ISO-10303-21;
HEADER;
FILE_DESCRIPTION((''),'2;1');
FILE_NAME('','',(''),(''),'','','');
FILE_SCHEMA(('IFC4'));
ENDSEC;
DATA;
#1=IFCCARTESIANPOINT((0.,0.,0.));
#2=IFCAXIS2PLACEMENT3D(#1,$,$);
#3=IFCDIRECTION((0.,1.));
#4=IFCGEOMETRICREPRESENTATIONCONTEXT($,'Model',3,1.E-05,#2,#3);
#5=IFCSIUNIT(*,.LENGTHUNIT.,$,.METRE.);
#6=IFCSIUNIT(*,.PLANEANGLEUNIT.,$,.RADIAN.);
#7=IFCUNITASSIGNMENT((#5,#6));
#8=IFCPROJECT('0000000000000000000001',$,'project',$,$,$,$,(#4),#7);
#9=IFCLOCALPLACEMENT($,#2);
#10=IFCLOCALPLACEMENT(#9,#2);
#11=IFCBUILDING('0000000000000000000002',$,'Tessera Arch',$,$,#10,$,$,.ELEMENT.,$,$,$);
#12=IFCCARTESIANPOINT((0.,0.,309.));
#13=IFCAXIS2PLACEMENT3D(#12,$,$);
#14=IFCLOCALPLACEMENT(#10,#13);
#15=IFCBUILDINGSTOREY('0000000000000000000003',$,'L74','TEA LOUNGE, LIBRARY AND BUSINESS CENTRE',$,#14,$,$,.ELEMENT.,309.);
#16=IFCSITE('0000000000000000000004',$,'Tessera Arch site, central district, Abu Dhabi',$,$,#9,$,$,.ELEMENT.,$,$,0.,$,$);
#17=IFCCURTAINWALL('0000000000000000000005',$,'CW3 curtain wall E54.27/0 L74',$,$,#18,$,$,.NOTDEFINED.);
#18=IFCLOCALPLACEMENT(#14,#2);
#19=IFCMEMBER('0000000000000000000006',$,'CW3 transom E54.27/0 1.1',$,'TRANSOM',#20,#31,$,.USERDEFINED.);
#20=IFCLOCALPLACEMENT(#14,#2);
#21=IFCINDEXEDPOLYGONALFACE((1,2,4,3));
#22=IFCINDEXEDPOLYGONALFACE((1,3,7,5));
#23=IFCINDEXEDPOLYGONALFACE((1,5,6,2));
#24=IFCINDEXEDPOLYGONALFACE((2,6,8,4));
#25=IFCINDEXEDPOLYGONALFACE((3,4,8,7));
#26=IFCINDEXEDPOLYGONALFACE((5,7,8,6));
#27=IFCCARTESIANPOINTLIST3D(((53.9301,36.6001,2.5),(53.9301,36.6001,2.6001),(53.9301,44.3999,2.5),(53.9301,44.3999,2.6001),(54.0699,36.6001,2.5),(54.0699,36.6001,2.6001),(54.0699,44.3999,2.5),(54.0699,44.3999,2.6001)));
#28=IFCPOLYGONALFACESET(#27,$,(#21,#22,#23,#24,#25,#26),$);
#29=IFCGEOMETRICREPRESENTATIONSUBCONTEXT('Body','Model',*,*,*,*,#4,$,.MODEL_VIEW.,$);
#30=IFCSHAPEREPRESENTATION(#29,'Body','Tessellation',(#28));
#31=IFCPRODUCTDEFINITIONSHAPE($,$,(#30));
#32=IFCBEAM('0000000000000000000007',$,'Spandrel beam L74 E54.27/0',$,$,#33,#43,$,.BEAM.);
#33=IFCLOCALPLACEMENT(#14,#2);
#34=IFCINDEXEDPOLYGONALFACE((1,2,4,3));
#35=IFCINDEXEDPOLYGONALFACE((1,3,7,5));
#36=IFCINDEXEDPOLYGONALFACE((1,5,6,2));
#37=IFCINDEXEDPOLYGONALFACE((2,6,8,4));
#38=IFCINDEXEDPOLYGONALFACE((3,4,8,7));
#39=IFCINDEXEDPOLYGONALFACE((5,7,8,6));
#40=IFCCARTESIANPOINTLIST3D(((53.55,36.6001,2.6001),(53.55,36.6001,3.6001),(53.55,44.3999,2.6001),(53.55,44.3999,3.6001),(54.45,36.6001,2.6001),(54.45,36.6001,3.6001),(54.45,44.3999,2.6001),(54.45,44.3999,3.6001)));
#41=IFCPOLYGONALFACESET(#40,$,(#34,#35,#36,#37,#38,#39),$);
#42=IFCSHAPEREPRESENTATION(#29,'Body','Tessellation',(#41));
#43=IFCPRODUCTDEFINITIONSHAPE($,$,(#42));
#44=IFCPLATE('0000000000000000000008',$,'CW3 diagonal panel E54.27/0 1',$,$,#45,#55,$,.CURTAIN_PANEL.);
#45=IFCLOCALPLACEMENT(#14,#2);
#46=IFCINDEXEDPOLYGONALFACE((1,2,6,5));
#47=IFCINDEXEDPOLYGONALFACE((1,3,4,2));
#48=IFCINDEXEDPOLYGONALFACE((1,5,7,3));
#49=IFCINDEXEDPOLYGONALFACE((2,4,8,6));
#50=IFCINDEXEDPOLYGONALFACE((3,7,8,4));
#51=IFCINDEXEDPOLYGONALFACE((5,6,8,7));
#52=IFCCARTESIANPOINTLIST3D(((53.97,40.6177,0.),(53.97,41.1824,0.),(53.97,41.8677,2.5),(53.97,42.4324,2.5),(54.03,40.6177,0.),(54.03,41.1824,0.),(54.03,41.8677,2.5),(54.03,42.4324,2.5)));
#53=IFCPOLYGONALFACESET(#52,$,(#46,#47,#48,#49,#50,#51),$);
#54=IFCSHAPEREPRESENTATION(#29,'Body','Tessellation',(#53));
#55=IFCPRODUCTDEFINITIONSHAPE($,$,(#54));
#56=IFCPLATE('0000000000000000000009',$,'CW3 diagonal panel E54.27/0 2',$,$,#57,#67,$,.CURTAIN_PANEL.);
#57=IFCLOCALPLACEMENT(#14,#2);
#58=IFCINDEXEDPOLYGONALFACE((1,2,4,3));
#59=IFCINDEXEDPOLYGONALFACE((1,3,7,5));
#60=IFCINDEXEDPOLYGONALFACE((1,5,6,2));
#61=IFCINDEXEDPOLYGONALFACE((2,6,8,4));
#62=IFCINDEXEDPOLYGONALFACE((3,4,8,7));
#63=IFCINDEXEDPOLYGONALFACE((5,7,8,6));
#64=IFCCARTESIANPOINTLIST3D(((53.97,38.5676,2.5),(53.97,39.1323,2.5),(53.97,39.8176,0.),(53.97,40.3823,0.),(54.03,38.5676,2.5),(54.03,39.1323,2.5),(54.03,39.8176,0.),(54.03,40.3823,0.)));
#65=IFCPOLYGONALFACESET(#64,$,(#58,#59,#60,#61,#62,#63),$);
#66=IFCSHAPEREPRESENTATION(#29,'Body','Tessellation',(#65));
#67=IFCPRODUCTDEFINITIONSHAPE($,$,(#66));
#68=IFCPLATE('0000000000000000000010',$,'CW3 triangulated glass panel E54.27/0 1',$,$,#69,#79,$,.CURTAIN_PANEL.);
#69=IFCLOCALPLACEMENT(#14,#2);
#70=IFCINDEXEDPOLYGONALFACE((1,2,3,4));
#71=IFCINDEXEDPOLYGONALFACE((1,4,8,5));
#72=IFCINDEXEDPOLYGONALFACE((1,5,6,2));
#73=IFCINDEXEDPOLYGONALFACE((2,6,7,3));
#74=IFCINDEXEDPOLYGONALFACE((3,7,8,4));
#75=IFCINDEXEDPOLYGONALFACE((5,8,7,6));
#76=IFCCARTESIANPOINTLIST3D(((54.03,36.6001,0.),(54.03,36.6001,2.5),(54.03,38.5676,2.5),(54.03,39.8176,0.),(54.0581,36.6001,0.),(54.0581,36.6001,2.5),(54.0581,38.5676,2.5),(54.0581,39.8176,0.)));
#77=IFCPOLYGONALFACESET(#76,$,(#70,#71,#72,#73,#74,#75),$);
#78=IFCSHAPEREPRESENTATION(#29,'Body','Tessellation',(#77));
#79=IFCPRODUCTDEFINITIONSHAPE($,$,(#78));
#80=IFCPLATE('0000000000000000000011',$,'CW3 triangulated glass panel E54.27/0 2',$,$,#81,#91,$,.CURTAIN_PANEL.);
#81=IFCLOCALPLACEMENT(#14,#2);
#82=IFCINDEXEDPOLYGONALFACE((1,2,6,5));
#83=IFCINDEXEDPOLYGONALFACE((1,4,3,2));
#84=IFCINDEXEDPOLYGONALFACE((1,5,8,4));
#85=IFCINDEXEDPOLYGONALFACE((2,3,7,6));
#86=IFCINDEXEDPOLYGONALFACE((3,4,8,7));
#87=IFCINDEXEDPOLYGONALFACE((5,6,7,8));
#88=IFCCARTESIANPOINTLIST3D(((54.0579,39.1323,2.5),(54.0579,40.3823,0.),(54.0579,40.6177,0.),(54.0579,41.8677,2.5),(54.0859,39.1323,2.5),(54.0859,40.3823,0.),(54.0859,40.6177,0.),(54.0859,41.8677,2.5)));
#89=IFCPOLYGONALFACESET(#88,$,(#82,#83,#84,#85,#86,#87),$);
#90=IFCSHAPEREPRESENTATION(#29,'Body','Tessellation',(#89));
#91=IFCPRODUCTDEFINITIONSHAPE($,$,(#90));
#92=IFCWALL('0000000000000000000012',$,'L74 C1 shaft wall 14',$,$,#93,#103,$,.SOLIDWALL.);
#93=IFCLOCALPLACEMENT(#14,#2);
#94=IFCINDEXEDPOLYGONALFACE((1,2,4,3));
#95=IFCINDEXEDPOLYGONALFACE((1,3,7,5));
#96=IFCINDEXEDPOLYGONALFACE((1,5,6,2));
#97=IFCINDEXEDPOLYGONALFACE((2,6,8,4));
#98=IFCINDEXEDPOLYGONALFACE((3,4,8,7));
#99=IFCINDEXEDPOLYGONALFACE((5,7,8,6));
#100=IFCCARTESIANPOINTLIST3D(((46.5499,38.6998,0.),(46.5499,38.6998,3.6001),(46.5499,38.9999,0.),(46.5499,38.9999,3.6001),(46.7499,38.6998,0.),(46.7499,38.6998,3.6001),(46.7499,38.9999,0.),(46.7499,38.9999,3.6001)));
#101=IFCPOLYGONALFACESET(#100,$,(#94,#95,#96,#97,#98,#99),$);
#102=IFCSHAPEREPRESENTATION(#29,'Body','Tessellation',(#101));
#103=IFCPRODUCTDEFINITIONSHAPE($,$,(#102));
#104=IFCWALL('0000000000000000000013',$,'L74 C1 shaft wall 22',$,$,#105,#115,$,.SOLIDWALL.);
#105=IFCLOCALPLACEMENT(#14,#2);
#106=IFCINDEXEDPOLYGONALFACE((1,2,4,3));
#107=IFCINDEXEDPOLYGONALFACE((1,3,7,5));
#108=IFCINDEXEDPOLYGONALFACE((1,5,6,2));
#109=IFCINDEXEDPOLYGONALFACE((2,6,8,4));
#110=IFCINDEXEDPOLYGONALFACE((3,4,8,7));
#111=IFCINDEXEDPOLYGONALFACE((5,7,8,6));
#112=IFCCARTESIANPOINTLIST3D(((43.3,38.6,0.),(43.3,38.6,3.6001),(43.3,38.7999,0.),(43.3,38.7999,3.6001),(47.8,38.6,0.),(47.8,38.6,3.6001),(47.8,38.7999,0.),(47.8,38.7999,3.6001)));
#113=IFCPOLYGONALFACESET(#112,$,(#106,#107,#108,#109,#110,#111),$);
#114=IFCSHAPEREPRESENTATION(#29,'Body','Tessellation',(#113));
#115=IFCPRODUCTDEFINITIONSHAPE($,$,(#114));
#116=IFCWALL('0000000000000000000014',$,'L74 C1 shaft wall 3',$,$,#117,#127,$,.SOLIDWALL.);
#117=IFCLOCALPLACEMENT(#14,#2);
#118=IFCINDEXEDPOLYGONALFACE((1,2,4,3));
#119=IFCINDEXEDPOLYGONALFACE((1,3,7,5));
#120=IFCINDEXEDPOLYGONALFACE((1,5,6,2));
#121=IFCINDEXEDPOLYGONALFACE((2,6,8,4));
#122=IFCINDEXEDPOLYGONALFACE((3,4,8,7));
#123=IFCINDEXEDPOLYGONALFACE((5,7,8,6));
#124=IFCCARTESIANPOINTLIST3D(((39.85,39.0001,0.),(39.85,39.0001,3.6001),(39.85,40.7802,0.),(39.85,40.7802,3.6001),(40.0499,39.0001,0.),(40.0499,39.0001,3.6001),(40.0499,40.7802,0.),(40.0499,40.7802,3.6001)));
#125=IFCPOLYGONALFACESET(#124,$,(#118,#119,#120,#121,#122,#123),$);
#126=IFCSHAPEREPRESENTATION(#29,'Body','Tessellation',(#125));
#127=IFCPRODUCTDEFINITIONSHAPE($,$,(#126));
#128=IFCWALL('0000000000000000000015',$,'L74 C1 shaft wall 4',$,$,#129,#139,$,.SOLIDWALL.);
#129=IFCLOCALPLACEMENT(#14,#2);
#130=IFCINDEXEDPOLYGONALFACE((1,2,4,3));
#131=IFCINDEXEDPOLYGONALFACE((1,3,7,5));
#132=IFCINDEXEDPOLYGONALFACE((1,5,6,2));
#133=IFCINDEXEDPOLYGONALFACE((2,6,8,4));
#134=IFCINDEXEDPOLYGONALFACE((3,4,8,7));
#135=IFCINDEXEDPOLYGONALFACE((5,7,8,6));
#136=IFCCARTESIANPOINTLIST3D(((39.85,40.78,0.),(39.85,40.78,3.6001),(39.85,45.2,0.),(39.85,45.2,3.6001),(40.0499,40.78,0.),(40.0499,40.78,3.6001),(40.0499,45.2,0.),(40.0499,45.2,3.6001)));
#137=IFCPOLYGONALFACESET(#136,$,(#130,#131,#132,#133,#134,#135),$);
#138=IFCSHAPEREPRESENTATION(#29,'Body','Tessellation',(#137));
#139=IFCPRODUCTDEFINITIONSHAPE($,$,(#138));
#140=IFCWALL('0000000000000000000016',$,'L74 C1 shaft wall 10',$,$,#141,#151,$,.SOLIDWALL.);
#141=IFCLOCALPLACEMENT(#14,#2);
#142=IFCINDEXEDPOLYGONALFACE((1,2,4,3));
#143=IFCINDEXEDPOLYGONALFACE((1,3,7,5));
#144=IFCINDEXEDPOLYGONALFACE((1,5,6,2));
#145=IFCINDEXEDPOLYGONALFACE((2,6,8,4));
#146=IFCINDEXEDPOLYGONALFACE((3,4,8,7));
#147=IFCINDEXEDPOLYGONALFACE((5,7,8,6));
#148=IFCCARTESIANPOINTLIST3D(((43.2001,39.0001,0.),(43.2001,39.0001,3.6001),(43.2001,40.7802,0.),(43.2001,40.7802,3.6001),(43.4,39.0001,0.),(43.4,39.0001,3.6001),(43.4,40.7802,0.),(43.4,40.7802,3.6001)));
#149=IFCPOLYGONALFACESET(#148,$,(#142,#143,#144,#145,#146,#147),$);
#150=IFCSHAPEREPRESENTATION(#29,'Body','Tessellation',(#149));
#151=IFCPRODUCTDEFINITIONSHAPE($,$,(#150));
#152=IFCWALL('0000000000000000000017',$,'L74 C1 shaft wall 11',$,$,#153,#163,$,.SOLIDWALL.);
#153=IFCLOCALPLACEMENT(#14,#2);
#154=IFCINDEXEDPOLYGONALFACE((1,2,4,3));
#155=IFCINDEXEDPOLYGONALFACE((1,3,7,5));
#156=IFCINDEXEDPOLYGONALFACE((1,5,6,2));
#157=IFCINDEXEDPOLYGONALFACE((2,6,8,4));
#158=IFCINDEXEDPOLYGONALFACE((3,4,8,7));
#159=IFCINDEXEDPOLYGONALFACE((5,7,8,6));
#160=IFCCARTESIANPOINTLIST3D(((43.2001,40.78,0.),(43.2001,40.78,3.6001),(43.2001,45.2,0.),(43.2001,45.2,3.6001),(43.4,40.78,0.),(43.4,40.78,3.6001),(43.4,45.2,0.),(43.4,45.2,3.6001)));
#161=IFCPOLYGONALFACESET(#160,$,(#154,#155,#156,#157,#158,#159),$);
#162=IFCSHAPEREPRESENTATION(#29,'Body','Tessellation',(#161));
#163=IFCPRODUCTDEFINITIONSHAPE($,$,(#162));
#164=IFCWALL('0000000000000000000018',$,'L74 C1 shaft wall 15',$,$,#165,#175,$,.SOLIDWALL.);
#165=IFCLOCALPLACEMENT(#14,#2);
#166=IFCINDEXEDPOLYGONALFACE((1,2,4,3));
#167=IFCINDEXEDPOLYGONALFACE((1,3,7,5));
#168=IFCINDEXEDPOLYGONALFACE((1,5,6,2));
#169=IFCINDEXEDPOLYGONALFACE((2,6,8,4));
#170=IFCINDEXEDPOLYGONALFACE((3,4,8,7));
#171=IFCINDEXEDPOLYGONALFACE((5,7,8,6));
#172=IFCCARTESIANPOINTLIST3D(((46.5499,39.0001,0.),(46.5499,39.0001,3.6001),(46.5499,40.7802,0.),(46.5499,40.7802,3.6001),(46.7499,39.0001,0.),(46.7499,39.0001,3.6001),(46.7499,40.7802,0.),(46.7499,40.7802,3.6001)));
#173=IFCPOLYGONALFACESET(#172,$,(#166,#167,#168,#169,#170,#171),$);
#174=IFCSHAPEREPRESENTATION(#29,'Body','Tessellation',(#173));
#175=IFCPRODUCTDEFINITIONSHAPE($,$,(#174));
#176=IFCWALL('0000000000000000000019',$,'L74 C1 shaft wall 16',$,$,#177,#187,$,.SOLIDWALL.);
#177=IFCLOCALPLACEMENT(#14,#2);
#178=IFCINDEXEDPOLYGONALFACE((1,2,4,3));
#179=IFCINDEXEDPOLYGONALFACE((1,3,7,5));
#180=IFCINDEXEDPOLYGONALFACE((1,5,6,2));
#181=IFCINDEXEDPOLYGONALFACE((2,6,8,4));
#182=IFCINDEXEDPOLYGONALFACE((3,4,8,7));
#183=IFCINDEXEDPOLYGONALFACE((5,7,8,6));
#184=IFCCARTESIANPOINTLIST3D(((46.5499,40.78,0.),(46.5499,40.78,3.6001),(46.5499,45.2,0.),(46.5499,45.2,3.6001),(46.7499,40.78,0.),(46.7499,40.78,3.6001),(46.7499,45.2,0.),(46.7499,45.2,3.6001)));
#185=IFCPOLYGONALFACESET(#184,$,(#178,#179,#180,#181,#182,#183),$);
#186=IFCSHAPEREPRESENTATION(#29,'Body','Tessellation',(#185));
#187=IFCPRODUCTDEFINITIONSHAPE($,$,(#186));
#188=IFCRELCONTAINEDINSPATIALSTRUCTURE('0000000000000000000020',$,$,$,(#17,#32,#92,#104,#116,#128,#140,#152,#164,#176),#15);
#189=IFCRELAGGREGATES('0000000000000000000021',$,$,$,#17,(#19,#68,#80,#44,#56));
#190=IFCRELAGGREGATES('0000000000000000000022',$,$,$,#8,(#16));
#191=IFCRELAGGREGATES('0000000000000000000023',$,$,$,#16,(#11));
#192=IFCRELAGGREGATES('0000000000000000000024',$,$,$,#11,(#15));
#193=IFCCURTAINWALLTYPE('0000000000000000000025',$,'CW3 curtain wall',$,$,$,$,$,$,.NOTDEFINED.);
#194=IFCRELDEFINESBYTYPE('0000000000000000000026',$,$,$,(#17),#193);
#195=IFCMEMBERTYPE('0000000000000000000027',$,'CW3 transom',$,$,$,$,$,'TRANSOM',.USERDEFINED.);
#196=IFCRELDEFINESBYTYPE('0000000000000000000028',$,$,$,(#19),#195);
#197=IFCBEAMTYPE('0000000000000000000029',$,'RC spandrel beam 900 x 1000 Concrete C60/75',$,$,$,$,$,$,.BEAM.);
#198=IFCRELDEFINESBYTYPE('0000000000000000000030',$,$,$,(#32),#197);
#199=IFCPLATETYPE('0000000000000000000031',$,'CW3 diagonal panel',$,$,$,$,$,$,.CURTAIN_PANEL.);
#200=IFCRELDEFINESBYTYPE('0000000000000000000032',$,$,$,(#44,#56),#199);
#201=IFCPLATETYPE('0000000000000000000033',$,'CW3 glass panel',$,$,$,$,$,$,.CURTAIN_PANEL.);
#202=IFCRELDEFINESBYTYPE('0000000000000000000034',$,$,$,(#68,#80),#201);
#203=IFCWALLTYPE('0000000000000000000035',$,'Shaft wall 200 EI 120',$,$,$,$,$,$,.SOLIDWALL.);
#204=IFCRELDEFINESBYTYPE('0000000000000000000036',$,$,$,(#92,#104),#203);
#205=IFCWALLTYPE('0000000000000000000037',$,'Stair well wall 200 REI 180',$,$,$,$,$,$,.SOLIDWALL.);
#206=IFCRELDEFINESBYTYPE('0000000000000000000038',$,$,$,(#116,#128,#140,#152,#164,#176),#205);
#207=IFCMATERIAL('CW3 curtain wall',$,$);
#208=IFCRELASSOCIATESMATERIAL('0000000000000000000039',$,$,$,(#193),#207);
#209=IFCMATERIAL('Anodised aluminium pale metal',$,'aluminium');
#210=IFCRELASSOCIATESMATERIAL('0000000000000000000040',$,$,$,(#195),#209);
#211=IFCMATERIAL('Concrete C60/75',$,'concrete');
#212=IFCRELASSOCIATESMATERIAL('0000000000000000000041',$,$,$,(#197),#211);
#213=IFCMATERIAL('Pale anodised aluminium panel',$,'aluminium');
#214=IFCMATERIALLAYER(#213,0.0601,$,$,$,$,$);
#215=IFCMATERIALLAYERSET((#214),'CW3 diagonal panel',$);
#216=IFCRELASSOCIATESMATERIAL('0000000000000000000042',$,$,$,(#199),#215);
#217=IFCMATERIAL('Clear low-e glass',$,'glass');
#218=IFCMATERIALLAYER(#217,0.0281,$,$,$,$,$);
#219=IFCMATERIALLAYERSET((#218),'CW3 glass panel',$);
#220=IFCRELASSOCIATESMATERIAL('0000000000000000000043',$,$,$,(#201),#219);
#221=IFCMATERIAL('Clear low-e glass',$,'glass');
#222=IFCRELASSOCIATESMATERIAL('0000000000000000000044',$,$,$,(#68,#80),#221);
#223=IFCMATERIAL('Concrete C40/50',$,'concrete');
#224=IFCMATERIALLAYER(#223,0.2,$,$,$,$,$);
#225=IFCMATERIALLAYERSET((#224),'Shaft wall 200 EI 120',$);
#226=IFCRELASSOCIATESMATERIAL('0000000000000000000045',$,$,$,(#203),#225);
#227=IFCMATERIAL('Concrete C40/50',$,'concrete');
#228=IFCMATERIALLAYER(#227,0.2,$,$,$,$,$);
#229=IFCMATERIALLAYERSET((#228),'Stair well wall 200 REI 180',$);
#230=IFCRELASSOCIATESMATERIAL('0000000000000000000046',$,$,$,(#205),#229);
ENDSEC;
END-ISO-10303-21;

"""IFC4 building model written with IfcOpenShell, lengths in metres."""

from ifc_helpers import new_model, si_unit, direction, frame, frame_2d, origin, origin_2d, place, context, subcontext, project, spatial, polyline, rectangle, outline, extrude, material, layer, layer_set, material_profile, profile_set, type_object, element, aggregate, save


model = new_model("IFC4")

# Units and contexts
model_context = context("Model", 3, precision=1e-05, world=origin(), true_north=direction((0.0, 1.0)))
body_context = subcontext(model_context, "Body", "Model", "MODEL_VIEW")
ifc_project = project(units=[si_unit("LENGTHUNIT", "METRE"), si_unit("PLANEANGLEUNIT", "RADIAN")], contexts=[model_context])

# Site, building, storey
site_placement = place(None, origin())
site = spatial("IfcSite", under=ifc_project, at=site_placement, Name="Tessera Arch site, central district, Abu Dhabi", CompositionType="ELEMENT", RefElevation=0.0)
building_placement = place(site_placement, origin())
building = spatial("IfcBuilding", under=site, at=building_placement, Name="Tessera Arch", CompositionType="ELEMENT")
storey_placement = place(building_placement, frame((0.0, 0.0, 309.0)))
storey = spatial("IfcBuildingStorey", under=building, at=storey_placement, Name="L74", Description="TEA LOUNGE, LIBRARY AND BUSINESS CENTRE", CompositionType="ELEMENT", Elevation=309.0)

# Curtain wall, member
ifc_material_1 = material(Name="CW3 curtain wall")
curtain_wall_type = type_object("IfcCurtainWallType", Name="CW3 curtain wall", PredefinedType="NOTDEFINED", material=ifc_material_1)
curtain_wall_placement = place(storey_placement, origin())
curtain_wall = element("IfcCurtainWall", 1, at=curtain_wall_placement, inside=storey, type_object=curtain_wall_type, Name="CW3 curtain wall E54.27/0 L74", PredefinedType="NOTDEFINED")
ifc_material_2 = material(Name="Anodised aluminium pale metal", Category="aluminium")
ifc_material_profile_1 = material_profile(ifc_material_2, rectangle(XDim=0.1399, YDim=0.1001, at=origin_2d()), Name="AL 140x100")
ifc_profile_set_1 = profile_set([ifc_material_profile_1], Name="Anodised aluminium pale metal")
member_type = type_object("IfcMemberType", Name="CW3 transom", ElementType="TRANSOM", PredefinedType="USERDEFINED", material=ifc_profile_set_1)
member_placement = place(storey_placement, frame((54.0, 36.6001, 2.55), z_axis=(0.0, 1.0, 0.0), x_axis=(-1.0, 0.0, 0.0)))
member = element("IfcMember", 2, at=member_placement, type_object=member_type, Name="CW3 transom E54.27/0 1.1", ObjectType="TRANSOM", PredefinedType="USERDEFINED", context=body_context, shape_type="SweptSolid", body=[
    extrude(rectangle(XDim=0.1399, YDim=0.1001, at=origin_2d()), origin(), (0.0, 0.0, 1.0), 7.7998),
])

# Beam
ifc_material_3 = material(Name="Concrete C60/75", Category="concrete")
ifc_material_profile_2 = material_profile(ifc_material_3, rectangle(XDim=0.8999, YDim=1.0, at=origin_2d()), Name="RC spandrel beam 900 x 1000 Concrete C60/75")
ifc_profile_set_2 = profile_set([ifc_material_profile_2], Name="Concrete C60/75")
beam_type = type_object("IfcBeamType", Name="RC spandrel beam 900 x 1000 Concrete C60/75", PredefinedType="BEAM", material=ifc_profile_set_2)
beam_placement = place(storey_placement, frame((54.0, 36.6001, 3.1001), z_axis=(0.0, 1.0, 0.0), x_axis=(-1.0, 0.0, 0.0)))
element("IfcBeam", 3, at=beam_placement, inside=storey, type_object=beam_type, Name="Spandrel beam L74 E54.27/0", PredefinedType="BEAM", context=body_context, shape_type="SweptSolid", body=[
    extrude(rectangle(XDim=0.8999, YDim=1.0, at=origin_2d()), origin(), (0.0, 0.0, 1.0), 7.7998),
])

# Plates
ifc_material_4 = material(Name="Pale anodised aluminium panel", Category="aluminium")
ifc_layer_1 = layer(ifc_material_4, 0.0601)
ifc_layer_set_1 = layer_set([ifc_layer_1], Name="CW3 diagonal panel")
plate_type_1 = type_object("IfcPlateType", Name="CW3 diagonal panel", PredefinedType="CURTAIN_PANEL", material=ifc_layer_set_1)
plate_1_placement = place(storey_placement, frame((54.03, 42.4324, 2.5), z_axis=(1.0, 0.0, 0.0), x_axis=(0.0, -1.0, 0.0)))
plate_1 = element("IfcPlate", 4, at=plate_1_placement, type_object=plate_type_1, Name="CW3 diagonal panel E54.27/0 1", PredefinedType="CURTAIN_PANEL", context=body_context, shape_type="SweptSolid", body=[
    extrude(outline(polyline([(0.0, 0.0), (0.5647, 0.0), (1.8147, 2.5), (1.25, 2.5), (0.0, 0.0)])), origin(), (0.0, 0.0, -1.0), 0.0601),
])
plate_2_placement = place(storey_placement, frame((54.03, 39.1323, 2.5), z_axis=(1.0, 0.0, 0.0), x_axis=(0.0, -1.0, 0.0)))
plate_2 = element("IfcPlate", 5, at=plate_2_placement, type_object=plate_type_1, Name="CW3 diagonal panel E54.27/0 2", PredefinedType="CURTAIN_PANEL", context=body_context, shape_type="SweptSolid", body=[
    extrude(outline(polyline([(0.0, 0.0), (0.5647, 0.0), (-0.6853, 2.5), (-1.25, 2.5), (0.0, 0.0)])), origin(), (0.0, 0.0, -1.0), 0.0601),
])
ifc_material_5 = material(Name="Clear low-e glass", Category="glass")
ifc_material_6 = material(Name="Clear low-e glass", Category="glass")
ifc_layer_2 = layer(ifc_material_6, 0.0281)
ifc_layer_set_2 = layer_set([ifc_layer_2], Name="CW3 glass panel")
plate_type_2 = type_object("IfcPlateType", Name="CW3 glass panel", PredefinedType="CURTAIN_PANEL", material=ifc_layer_set_2)
plate_3_placement = place(storey_placement, frame((54.0581, 36.6001, 0.0), z_axis=(1.0, 0.0, 0.0), x_axis=(0.0, 1.0, 0.0)))
plate_3 = element("IfcPlate", 6, at=plate_3_placement, type_object=plate_type_2, material=ifc_material_5, Name="CW3 triangulated glass panel E54.27/0 1", PredefinedType="CURTAIN_PANEL", context=body_context, shape_type="SweptSolid", body=[
    extrude(outline(polyline([(0.0, 0.0), (3.2175, 0.0), (1.9675, 2.5), (0.0, 2.5), (0.0, 0.0)])), origin(), (0.0, 0.0, -1.0), 0.0281),
])
plate_4_placement = place(storey_placement, frame((54.0859, 41.8677, 2.5), z_axis=(1.0, 0.0, 0.0), x_axis=(0.0, -1.0, 0.0)))
plate_4 = element("IfcPlate", 7, at=plate_4_placement, type_object=plate_type_2, material=ifc_material_5, Name="CW3 triangulated glass panel E54.27/0 2", PredefinedType="CURTAIN_PANEL", context=body_context, shape_type="SweptSolid", body=[
    extrude(outline(polyline([(0.0, 0.0), (2.7354, 0.0), (1.4854, 2.5), (1.25, 2.5), (0.0, 0.0)])), origin(), (0.0, 0.0, -1.0), 0.0281),
])
aggregate(curtain_wall, [member, plate_3, plate_4, plate_1, plate_2])

# Walls
ifc_material_7 = material(Name="Concrete C40/50", Category="concrete")
ifc_layer_3 = layer(ifc_material_7, 0.2)
ifc_layer_set_3 = layer_set([ifc_layer_3], Name="Shaft wall 200 EI 120")
wall_type_1 = type_object("IfcWallType", Name="Shaft wall 200 EI 120", PredefinedType="SOLIDWALL", material=ifc_layer_set_3)
wall_1_placement = place(storey_placement, frame((46.6499, 38.7, 0.0), z_axis=(0.0, 0.0, 1.0), x_axis=(0.0, 1.0, 0.0)))
element("IfcWall", 8, at=wall_1_placement, inside=storey, type_object=wall_type_1, Name="L74 C1 shaft wall 14", PredefinedType="SOLIDWALL", context=body_context, shape_type="SweptSolid", body=[
    extrude(rectangle(XDim=0.3, YDim=0.2, at=frame_2d((0.1499, 0.0))), origin(), (0.0, 0.0, 1.0), 3.6001),
])
wall_2_placement = place(storey_placement, frame((43.3, 38.7, 0.0), z_axis=(0.0, 0.0, 1.0), x_axis=(1.0, 0.0, 0.0)))
element("IfcWall", 9, at=wall_2_placement, inside=storey, type_object=wall_type_1, Name="L74 C1 shaft wall 22", PredefinedType="SOLIDWALL", context=body_context, shape_type="SweptSolid", body=[
    extrude(rectangle(XDim=4.5, YDim=0.2, at=frame_2d((2.25, 0.0))), origin(), (0.0, 0.0, 1.0), 3.6001),
])
ifc_material_8 = material(Name="Concrete C40/50", Category="concrete")
ifc_layer_4 = layer(ifc_material_8, 0.2)
ifc_layer_set_4 = layer_set([ifc_layer_4], Name="Stair well wall 200 REI 180")
wall_type_2 = type_object("IfcWallType", Name="Stair well wall 200 REI 180", PredefinedType="SOLIDWALL", material=ifc_layer_set_4)
wall_3_placement = place(storey_placement, frame((39.95, 39.0, 0.0), z_axis=(0.0, 0.0, 1.0), x_axis=(0.0, 1.0, 0.0)))
element("IfcWall", 10, at=wall_3_placement, inside=storey, type_object=wall_type_2, Name="L74 C1 shaft wall 3", PredefinedType="SOLIDWALL", context=body_context, shape_type="SweptSolid", body=[
    extrude(rectangle(XDim=1.78, YDim=0.2, at=frame_2d((0.8901, 0.0))), origin(), (0.0, 0.0, 1.0), 3.6001),
])
wall_4_placement = place(storey_placement, frame((39.95, 40.78, 0.0), z_axis=(0.0, 0.0, 1.0), x_axis=(0.0, 1.0, 0.0)))
element("IfcWall", 11, at=wall_4_placement, inside=storey, type_object=wall_type_2, Name="L74 C1 shaft wall 4", PredefinedType="SOLIDWALL", context=body_context, shape_type="SweptSolid", body=[
    extrude(rectangle(XDim=4.4199, YDim=0.2, at=frame_2d((2.21, 0.0))), origin(), (0.0, 0.0, 1.0), 3.6001),
])
wall_5_placement = place(storey_placement, frame((43.3, 39.0, 0.0), z_axis=(0.0, 0.0, 1.0), x_axis=(0.0, 1.0, 0.0)))
element("IfcWall", 12, at=wall_5_placement, inside=storey, type_object=wall_type_2, Name="L74 C1 shaft wall 10", PredefinedType="SOLIDWALL", context=body_context, shape_type="SweptSolid", body=[
    extrude(rectangle(XDim=1.78, YDim=0.2, at=frame_2d((0.8901, 0.0))), origin(), (0.0, 0.0, 1.0), 3.6001),
])
wall_6_placement = place(storey_placement, frame((43.3, 40.78, 0.0), z_axis=(0.0, 0.0, 1.0), x_axis=(0.0, 1.0, 0.0)))
element("IfcWall", 13, at=wall_6_placement, inside=storey, type_object=wall_type_2, Name="L74 C1 shaft wall 11", PredefinedType="SOLIDWALL", context=body_context, shape_type="SweptSolid", body=[
    extrude(rectangle(XDim=4.4199, YDim=0.2, at=frame_2d((2.21, 0.0))), origin(), (0.0, 0.0, 1.0), 3.6001),
])
wall_7_placement = place(storey_placement, frame((46.6499, 39.0, 0.0), z_axis=(0.0, 0.0, 1.0), x_axis=(0.0, 1.0, 0.0)))
element("IfcWall", 14, at=wall_7_placement, inside=storey, type_object=wall_type_2, Name="L74 C1 shaft wall 15", PredefinedType="SOLIDWALL", context=body_context, shape_type="SweptSolid", body=[
    extrude(rectangle(XDim=1.78, YDim=0.2, at=frame_2d((0.8901, 0.0))), origin(), (0.0, 0.0, 1.0), 3.6001),
])
wall_8_placement = place(storey_placement, frame((46.6499, 40.78, 0.0), z_axis=(0.0, 0.0, 1.0), x_axis=(0.0, 1.0, 0.0)))
element("IfcWall", 15, at=wall_8_placement, inside=storey, type_object=wall_type_2, Name="L74 C1 shaft wall 16", PredefinedType="SOLIDWALL", context=body_context, shape_type="SweptSolid", body=[
    extrude(rectangle(XDim=4.4199, YDim=0.2, at=frame_2d((2.21, 0.0))), origin(), (0.0, 0.0, 1.0), 3.6001),
])

save(model, "model.ifc")
